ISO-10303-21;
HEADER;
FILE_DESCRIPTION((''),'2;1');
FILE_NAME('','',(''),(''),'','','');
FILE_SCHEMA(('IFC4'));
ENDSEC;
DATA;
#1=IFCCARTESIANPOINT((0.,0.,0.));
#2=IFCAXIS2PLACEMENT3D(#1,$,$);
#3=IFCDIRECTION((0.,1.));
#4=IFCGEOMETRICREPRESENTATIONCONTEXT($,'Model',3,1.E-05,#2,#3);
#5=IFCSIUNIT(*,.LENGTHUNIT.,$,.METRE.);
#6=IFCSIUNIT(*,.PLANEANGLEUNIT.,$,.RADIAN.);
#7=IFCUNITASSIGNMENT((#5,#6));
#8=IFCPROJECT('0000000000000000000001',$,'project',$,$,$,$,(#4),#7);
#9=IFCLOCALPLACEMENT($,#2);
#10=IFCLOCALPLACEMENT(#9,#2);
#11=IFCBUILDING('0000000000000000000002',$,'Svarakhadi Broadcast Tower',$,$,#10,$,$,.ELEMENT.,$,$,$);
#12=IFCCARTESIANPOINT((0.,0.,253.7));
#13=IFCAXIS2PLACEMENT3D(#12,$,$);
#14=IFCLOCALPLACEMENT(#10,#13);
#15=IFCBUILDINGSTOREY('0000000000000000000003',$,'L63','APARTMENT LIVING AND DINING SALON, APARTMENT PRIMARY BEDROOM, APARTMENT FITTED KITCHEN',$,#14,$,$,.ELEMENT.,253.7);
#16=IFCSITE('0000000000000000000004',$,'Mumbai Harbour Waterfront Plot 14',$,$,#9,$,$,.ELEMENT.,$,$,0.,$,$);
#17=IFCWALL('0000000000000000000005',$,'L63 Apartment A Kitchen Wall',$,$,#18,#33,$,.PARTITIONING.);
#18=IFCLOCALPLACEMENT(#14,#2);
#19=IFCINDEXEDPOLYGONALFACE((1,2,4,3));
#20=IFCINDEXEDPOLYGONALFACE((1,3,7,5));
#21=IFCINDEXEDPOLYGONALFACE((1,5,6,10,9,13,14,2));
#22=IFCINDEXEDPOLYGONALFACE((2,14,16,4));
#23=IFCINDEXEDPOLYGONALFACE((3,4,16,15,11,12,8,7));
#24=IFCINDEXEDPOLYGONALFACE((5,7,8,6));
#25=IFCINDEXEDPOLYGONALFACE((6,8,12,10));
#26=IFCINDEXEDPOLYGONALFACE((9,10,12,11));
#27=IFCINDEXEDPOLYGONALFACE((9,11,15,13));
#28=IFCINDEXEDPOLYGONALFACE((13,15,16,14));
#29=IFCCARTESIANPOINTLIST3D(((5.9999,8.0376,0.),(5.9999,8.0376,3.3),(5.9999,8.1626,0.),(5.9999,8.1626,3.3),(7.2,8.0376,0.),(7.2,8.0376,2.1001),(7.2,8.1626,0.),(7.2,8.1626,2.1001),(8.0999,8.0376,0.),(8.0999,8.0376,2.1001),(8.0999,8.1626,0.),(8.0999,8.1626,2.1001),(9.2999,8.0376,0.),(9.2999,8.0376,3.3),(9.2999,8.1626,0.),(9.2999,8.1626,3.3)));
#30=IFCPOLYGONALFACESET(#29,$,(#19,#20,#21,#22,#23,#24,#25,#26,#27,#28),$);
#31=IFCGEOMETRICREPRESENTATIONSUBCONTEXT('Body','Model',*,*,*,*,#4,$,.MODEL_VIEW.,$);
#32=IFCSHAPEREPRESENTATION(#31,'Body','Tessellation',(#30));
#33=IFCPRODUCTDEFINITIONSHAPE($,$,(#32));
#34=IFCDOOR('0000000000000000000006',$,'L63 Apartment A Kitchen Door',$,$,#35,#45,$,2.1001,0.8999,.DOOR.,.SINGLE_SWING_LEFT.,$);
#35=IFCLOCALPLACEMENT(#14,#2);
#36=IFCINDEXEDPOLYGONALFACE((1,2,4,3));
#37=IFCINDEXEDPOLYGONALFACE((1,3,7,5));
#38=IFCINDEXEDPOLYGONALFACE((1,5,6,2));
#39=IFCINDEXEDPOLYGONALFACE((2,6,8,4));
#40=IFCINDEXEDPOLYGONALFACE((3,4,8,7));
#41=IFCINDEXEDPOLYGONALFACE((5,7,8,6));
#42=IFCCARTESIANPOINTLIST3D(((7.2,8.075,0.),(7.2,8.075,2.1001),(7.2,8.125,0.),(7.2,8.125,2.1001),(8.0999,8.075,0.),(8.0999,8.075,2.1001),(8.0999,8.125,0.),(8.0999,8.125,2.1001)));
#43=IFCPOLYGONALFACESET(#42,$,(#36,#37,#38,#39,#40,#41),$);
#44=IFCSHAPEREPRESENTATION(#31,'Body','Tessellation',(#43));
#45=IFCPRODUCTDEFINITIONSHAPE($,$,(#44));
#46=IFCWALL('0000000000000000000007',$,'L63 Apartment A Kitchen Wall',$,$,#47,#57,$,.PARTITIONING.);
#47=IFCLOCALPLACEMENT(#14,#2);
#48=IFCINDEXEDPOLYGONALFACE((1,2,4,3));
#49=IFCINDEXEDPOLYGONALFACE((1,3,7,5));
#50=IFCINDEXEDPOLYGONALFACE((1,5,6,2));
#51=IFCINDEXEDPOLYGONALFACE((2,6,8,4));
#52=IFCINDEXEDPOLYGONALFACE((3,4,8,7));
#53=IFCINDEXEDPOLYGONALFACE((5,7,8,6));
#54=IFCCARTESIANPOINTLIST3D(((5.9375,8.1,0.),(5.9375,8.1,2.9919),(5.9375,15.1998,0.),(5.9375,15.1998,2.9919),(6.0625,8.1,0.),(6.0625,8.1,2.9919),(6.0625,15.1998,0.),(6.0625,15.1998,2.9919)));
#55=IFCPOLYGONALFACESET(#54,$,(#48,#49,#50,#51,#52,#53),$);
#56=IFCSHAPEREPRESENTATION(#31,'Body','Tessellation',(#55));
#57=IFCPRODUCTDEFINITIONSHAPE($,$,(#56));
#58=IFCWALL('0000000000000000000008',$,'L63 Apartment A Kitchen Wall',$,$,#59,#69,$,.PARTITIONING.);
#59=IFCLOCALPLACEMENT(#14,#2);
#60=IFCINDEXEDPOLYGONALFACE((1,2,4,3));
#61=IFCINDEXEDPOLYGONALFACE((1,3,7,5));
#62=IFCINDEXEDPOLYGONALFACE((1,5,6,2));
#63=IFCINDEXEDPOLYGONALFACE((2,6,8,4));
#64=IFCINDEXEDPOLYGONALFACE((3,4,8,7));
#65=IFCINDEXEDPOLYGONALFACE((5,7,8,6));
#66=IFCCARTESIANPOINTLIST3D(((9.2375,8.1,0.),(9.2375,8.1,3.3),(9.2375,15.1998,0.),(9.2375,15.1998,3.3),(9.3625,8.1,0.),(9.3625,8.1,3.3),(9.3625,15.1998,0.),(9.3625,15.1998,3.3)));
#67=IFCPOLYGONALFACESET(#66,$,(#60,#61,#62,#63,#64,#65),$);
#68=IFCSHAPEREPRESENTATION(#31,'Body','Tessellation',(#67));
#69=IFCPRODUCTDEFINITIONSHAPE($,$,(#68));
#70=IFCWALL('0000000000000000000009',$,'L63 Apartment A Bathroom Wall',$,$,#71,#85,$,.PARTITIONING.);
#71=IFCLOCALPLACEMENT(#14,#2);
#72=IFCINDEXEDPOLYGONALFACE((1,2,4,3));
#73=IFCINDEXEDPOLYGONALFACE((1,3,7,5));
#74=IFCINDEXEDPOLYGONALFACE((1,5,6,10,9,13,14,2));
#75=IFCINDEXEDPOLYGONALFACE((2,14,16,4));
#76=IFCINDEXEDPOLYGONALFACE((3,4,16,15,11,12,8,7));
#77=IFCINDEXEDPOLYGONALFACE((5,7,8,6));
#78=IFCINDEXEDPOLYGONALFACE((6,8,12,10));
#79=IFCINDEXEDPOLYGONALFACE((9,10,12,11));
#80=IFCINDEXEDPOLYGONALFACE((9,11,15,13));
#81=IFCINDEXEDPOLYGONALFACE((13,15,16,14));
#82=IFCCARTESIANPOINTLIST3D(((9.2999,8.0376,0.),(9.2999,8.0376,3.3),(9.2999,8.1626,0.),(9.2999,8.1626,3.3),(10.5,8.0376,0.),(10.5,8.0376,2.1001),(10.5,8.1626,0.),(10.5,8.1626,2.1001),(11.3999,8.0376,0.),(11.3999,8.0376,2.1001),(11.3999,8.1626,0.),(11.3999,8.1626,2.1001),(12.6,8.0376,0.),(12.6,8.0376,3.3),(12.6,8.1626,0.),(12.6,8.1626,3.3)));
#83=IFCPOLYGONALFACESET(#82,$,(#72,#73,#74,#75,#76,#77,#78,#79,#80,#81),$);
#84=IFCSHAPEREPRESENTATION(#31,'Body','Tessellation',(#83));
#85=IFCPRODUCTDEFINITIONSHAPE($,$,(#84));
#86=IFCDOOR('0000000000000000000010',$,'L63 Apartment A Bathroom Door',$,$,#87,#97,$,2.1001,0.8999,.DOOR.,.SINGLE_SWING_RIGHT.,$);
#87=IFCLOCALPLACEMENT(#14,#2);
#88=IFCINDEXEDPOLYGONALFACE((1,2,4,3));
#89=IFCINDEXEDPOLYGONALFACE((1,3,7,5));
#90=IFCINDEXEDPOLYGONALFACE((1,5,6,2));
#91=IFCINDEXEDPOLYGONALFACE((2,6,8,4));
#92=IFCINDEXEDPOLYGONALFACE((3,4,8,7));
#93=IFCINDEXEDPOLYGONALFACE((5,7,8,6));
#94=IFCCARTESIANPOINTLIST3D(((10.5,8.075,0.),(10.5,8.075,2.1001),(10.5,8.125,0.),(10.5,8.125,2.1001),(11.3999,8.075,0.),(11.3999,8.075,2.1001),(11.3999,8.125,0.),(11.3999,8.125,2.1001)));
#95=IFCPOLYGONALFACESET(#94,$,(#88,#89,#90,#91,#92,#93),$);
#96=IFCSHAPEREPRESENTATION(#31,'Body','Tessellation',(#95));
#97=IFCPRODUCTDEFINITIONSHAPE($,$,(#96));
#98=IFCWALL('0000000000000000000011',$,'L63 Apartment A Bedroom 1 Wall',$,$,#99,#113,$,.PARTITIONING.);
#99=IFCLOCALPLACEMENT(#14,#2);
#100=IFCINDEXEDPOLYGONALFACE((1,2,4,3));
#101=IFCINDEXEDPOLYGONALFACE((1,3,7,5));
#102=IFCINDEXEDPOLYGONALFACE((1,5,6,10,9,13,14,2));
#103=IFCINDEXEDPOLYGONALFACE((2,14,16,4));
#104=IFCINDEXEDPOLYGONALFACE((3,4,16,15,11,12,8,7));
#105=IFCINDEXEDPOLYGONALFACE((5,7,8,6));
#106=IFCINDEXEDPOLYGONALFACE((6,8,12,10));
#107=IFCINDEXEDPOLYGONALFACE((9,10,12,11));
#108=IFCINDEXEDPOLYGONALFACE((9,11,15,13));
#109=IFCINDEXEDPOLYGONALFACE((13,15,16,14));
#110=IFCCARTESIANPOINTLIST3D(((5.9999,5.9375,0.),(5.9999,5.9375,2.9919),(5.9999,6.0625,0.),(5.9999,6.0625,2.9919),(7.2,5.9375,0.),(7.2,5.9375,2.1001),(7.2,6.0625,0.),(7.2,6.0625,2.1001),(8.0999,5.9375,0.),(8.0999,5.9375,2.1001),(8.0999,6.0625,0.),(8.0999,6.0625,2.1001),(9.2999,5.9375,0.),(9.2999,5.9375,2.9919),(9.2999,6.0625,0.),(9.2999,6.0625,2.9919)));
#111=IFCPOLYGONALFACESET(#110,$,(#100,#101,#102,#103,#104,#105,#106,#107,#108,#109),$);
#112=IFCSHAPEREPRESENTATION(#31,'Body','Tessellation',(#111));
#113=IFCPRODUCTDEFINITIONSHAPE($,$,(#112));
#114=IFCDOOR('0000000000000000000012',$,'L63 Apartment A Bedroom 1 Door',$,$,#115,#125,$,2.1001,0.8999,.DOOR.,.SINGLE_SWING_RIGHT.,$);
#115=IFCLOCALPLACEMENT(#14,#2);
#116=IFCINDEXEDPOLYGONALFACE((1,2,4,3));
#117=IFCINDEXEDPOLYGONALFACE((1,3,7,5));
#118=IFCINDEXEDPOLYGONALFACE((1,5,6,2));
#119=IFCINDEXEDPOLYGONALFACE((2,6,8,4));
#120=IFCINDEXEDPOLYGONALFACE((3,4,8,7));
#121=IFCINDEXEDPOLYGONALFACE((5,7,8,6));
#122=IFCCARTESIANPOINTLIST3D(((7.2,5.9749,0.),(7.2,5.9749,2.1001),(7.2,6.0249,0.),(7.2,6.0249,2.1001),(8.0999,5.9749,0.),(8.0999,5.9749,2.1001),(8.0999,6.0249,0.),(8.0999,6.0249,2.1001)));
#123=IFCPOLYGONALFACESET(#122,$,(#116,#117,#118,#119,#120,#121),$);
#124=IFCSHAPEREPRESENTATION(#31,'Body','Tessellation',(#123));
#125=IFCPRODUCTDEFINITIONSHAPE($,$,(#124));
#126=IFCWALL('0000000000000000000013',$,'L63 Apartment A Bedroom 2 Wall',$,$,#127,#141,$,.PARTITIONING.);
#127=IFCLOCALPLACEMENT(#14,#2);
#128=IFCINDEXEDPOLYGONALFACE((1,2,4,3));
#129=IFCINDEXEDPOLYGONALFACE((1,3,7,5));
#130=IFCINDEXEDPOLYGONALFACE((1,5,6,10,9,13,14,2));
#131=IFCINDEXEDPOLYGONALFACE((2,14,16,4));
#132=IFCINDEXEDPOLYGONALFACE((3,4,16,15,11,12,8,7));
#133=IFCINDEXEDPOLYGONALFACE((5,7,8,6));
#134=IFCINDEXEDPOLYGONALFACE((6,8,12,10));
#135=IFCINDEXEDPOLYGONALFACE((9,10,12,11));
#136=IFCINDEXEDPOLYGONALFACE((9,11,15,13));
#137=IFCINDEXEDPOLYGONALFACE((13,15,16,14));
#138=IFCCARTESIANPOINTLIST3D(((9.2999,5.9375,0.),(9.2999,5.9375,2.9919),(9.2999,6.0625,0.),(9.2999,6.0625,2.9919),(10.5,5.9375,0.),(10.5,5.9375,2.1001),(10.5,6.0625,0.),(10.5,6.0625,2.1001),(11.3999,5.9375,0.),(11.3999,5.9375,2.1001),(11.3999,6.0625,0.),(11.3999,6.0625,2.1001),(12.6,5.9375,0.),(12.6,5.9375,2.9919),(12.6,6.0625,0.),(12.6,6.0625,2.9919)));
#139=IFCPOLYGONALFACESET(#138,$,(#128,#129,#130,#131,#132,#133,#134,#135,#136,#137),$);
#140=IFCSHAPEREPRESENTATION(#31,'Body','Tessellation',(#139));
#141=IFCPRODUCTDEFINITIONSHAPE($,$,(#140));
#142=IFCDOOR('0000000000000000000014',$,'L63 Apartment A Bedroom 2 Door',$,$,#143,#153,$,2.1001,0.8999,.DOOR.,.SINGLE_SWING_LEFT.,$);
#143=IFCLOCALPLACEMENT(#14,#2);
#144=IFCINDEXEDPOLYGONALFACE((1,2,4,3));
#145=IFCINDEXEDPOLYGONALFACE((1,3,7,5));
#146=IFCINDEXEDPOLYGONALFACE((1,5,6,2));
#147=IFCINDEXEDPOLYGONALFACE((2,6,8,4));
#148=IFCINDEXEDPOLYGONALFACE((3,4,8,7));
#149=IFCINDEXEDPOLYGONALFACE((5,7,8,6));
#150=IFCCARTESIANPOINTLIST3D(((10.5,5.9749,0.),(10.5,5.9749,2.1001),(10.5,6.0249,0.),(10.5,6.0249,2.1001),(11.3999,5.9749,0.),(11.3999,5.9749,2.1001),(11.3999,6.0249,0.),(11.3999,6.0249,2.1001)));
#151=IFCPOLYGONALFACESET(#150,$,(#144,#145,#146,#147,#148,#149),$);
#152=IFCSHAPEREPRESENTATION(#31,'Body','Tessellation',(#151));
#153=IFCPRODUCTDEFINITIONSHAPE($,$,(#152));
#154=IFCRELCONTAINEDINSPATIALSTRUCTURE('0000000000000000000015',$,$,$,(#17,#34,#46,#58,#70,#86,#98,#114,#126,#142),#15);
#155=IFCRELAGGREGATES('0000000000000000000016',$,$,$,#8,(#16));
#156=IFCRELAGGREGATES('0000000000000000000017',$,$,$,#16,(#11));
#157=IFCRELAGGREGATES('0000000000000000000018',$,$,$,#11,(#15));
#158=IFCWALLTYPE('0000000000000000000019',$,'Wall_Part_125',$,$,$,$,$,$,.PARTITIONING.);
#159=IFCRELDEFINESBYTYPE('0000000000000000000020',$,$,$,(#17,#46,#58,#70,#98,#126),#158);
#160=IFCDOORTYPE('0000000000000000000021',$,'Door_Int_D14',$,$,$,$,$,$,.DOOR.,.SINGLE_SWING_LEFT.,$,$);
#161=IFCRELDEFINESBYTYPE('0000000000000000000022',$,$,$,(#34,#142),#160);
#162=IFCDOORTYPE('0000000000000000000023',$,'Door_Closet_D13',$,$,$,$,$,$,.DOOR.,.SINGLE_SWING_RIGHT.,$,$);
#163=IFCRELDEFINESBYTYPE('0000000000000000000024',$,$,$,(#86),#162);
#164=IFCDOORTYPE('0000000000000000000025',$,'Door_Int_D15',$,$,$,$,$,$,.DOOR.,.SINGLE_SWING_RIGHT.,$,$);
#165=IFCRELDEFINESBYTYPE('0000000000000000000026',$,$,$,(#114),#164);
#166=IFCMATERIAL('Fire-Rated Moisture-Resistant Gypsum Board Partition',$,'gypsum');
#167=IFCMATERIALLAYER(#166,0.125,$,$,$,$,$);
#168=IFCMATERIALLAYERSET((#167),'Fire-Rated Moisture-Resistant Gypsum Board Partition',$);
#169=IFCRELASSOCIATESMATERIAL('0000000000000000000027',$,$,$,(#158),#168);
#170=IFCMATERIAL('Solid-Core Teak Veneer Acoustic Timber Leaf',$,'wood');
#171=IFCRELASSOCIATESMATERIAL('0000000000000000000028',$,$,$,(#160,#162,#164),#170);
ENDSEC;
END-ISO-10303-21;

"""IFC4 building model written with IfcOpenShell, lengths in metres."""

from ifc_helpers import new_model, si_unit, direction, frame, frame_2d, origin, place, context, subcontext, project, spatial, rectangle, extrude, material, layer, layer_set, type_object, element, fill, save


model = new_model("IFC4")

# Units and contexts
model_context = context("Model", 3, precision=1e-05, world=origin(), true_north=direction((0.0, 1.0)))
body_context = subcontext(model_context, "Body", "Model", "MODEL_VIEW")
ifc_project = project(units=[si_unit("LENGTHUNIT", "METRE"), si_unit("PLANEANGLEUNIT", "RADIAN")], contexts=[model_context])

# Site, building, storey
site_placement = place(None, origin())
site = spatial("IfcSite", under=ifc_project, at=site_placement, Name="Mumbai Harbour Waterfront Plot 14", CompositionType="ELEMENT", RefElevation=0.0)
building_placement = place(site_placement, origin())
building = spatial("IfcBuilding", under=site, at=building_placement, Name="Svarakhadi Broadcast Tower", CompositionType="ELEMENT")
storey_placement = place(building_placement, frame((0.0, 0.0, 253.7)))
storey = spatial("IfcBuildingStorey", under=building, at=storey_placement, Name="L63", Description="APARTMENT LIVING AND DINING SALON, APARTMENT PRIMARY BEDROOM, APARTMENT FITTED KITCHEN", CompositionType="ELEMENT", Elevation=253.7)

# Wall, opening, door
ifc_material_1 = material(Name="Fire-Rated Moisture-Resistant Gypsum Board Partition", Category="gypsum")
ifc_layer_1 = layer(ifc_material_1, 0.125)
ifc_layer_set_1 = layer_set([ifc_layer_1], Name="Fire-Rated Moisture-Resistant Gypsum Board Partition")
wall_type_1 = type_object("IfcWallType", Name="Wall_Part_125", PredefinedType="PARTITIONING", material=ifc_layer_set_1)
wall_1_placement = place(storey_placement, frame((6.0, 8.1001, 0.0), z_axis=(0.0, 0.0, 1.0), x_axis=(1.0, 0.0, 0.0)))
wall_1 = element("IfcWall", 1, at=wall_1_placement, inside=storey, type_object=wall_type_1, Name="L63 Apartment A Kitchen Wall", PredefinedType="PARTITIONING", context=body_context, shape_type="SweptSolid", body=[
    extrude(rectangle(XDim=3.3, YDim=0.125, at=frame_2d((1.6499, 0.0))), origin(), (0.0, 0.0, 1.0), 3.3),
])
opening_1_placement = place(wall_1_placement, frame((1.2, 0.0, 0.0)))
opening_1 = element("IfcOpeningElement", 2, at=opening_1_placement, cuts=wall_1, PredefinedType="OPENING", context=body_context, shape_type="SweptSolid", body=[
    extrude(rectangle(XDim=0.8999, YDim=2.1001, at=frame_2d((0.45, 1.05))), frame((0.0, 0.0725, 0.0), z_axis=(0.0, -1.0, 0.0), x_axis=(1.0, 0.0, 0.0)), (0.0, 0.0, 1.0), 0.145),
])
ifc_material_2 = material(Name="Solid-Core Teak Veneer Acoustic Timber Leaf", Category="wood")
door_type_1 = type_object("IfcDoorType", Name="Door_Int_D14", OperationType="SINGLE_SWING_LEFT", PredefinedType="DOOR", material=ifc_material_2)
door_1_placement = place(opening_1_placement, origin())
door_1 = element("IfcDoor", 3, at=door_1_placement, inside=storey, type_object=door_type_1, Name="L63 Apartment A Kitchen Door", OperationType="SINGLE_SWING_LEFT", OverallHeight=2.1001, OverallWidth=0.8999, PredefinedType="DOOR", context=body_context, shape_type="SweptSolid", body=[
    extrude(rectangle(XDim=0.8999, YDim=2.1001, at=frame_2d((0.45, 1.05))), frame((0.0, 0.0249, 0.0), z_axis=(0.0, -1.0, 0.0), x_axis=(1.0, 0.0, 0.0)), (0.0, 0.0, 1.0), 0.05),
])
fill(opening_1, door_1)

# Walls
wall_2_placement = place(storey_placement, frame((6.0, 8.1001, 0.0), z_axis=(0.0, 0.0, 1.0), x_axis=(0.0, 1.0, 0.0)))
element("IfcWall", 4, at=wall_2_placement, inside=storey, type_object=wall_type_1, Name="L63 Apartment A Kitchen Wall", PredefinedType="PARTITIONING", context=body_context, shape_type="SweptSolid", body=[
    extrude(rectangle(XDim=7.0999, YDim=0.125, at=frame_2d((3.5498, 0.0))), origin(), (0.0, 0.0, 1.0), 2.9919),
])
wall_3_placement = place(storey_placement, frame((9.3, 8.1001, 0.0), z_axis=(0.0, 0.0, 1.0), x_axis=(0.0, 1.0, 0.0)))
element("IfcWall", 5, at=wall_3_placement, inside=storey, type_object=wall_type_1, Name="L63 Apartment A Kitchen Wall", PredefinedType="PARTITIONING", context=body_context, shape_type="SweptSolid", body=[
    extrude(rectangle(XDim=7.0999, YDim=0.125, at=frame_2d((3.5498, 0.0))), origin(), (0.0, 0.0, 1.0), 3.3),
])

# Walls, openings, doors
wall_4_placement = place(storey_placement, frame((9.3, 8.1001, 0.0), z_axis=(0.0, 0.0, 1.0), x_axis=(1.0, 0.0, 0.0)))
wall_4 = element("IfcWall", 6, at=wall_4_placement, inside=storey, type_object=wall_type_1, Name="L63 Apartment A Bathroom Wall", PredefinedType="PARTITIONING", context=body_context, shape_type="SweptSolid", body=[
    extrude(rectangle(XDim=3.3, YDim=0.125, at=frame_2d((1.6499, 0.0))), origin(), (0.0, 0.0, 1.0), 3.3),
])
opening_2_placement = place(wall_4_placement, frame((1.2, 0.0, 0.0)))
opening_2 = element("IfcOpeningElement", 7, at=opening_2_placement, cuts=wall_4, PredefinedType="OPENING", context=body_context, shape_type="SweptSolid", body=[
    extrude(rectangle(XDim=0.8999, YDim=2.1001, at=frame_2d((0.45, 1.05))), frame((0.0, 0.0725, 0.0), z_axis=(0.0, -1.0, 0.0), x_axis=(1.0, 0.0, 0.0)), (0.0, 0.0, 1.0), 0.145),
])
door_type_2 = type_object("IfcDoorType", Name="Door_Closet_D13", OperationType="SINGLE_SWING_RIGHT", PredefinedType="DOOR", material=ifc_material_2)
door_2_placement = place(opening_2_placement, origin())
door_2 = element("IfcDoor", 8, at=door_2_placement, inside=storey, type_object=door_type_2, Name="L63 Apartment A Bathroom Door", OperationType="SINGLE_SWING_RIGHT", OverallHeight=2.1001, OverallWidth=0.8999, PredefinedType="DOOR", context=body_context, shape_type="SweptSolid", body=[
    extrude(rectangle(XDim=0.8999, YDim=2.1001, at=frame_2d((0.45, 1.05))), frame((0.0, 0.0249, 0.0), z_axis=(0.0, -1.0, 0.0), x_axis=(1.0, 0.0, 0.0)), (0.0, 0.0, 1.0), 0.05),
])
fill(opening_2, door_2)
wall_5_placement = place(storey_placement, frame((6.0, 6.0, 0.0), z_axis=(0.0, 0.0, 1.0), x_axis=(1.0, 0.0, 0.0)))
wall_5 = element("IfcWall", 9, at=wall_5_placement, inside=storey, type_object=wall_type_1, Name="L63 Apartment A Bedroom 1 Wall", PredefinedType="PARTITIONING", context=body_context, shape_type="SweptSolid", body=[
    extrude(rectangle(XDim=3.3, YDim=0.125, at=frame_2d((1.6499, 0.0))), origin(), (0.0, 0.0, 1.0), 2.9919),
])
opening_3_placement = place(wall_5_placement, frame((1.2, 0.0, 0.0)))
opening_3 = element("IfcOpeningElement", 10, at=opening_3_placement, cuts=wall_5, PredefinedType="OPENING", context=body_context, shape_type="SweptSolid", body=[
    extrude(rectangle(XDim=0.8999, YDim=2.1001, at=frame_2d((0.45, 1.05))), frame((0.0, 0.0725, 0.0), z_axis=(0.0, -1.0, 0.0), x_axis=(1.0, 0.0, 0.0)), (0.0, 0.0, 1.0), 0.145),
])
door_type_3 = type_object("IfcDoorType", Name="Door_Int_D15", OperationType="SINGLE_SWING_RIGHT", PredefinedType="DOOR", material=ifc_material_2)
door_3_placement = place(opening_3_placement, origin())
door_3 = element("IfcDoor", 11, at=door_3_placement, inside=storey, type_object=door_type_3, Name="L63 Apartment A Bedroom 1 Door", OperationType="SINGLE_SWING_RIGHT", OverallHeight=2.1001, OverallWidth=0.8999, PredefinedType="DOOR", context=body_context, shape_type="SweptSolid", body=[
    extrude(rectangle(XDim=0.8999, YDim=2.1001, at=frame_2d((0.45, 1.05))), frame((0.0, 0.0249, 0.0), z_axis=(0.0, -1.0, 0.0), x_axis=(1.0, 0.0, 0.0)), (0.0, 0.0, 1.0), 0.05),
])
fill(opening_3, door_3)
wall_6_placement = place(storey_placement, frame((9.3, 6.0, 0.0), z_axis=(0.0, 0.0, 1.0), x_axis=(1.0, 0.0, 0.0)))
wall_6 = element("IfcWall", 12, at=wall_6_placement, inside=storey, type_object=wall_type_1, Name="L63 Apartment A Bedroom 2 Wall", PredefinedType="PARTITIONING", context=body_context, shape_type="SweptSolid", body=[
    extrude(rectangle(XDim=3.3, YDim=0.125, at=frame_2d((1.6499, 0.0))), origin(), (0.0, 0.0, 1.0), 2.9919),
])
opening_4_placement = place(wall_6_placement, frame((1.2, 0.0, 0.0)))
opening_4 = element("IfcOpeningElement", 13, at=opening_4_placement, cuts=wall_6, PredefinedType="OPENING", context=body_context, shape_type="SweptSolid", body=[
    extrude(rectangle(XDim=0.8999, YDim=2.1001, at=frame_2d((0.45, 1.05))), frame((0.0, 0.0725, 0.0), z_axis=(0.0, -1.0, 0.0), x_axis=(1.0, 0.0, 0.0)), (0.0, 0.0, 1.0), 0.145),
])
door_4_placement = place(opening_4_placement, origin())
door_4 = element("IfcDoor", 14, at=door_4_placement, inside=storey, type_object=door_type_1, Name="L63 Apartment A Bedroom 2 Door", OperationType="SINGLE_SWING_LEFT", OverallHeight=2.1001, OverallWidth=0.8999, PredefinedType="DOOR", context=body_context, shape_type="SweptSolid", body=[
    extrude(rectangle(XDim=0.8999, YDim=2.1001, at=frame_2d((0.45, 1.05))), frame((0.0, 0.0249, 0.0), z_axis=(0.0, -1.0, 0.0), x_axis=(1.0, 0.0, 0.0)), (0.0, 0.0, 1.0), 0.05),
])
fill(opening_4, door_4)

save(model, "model.ifc")
